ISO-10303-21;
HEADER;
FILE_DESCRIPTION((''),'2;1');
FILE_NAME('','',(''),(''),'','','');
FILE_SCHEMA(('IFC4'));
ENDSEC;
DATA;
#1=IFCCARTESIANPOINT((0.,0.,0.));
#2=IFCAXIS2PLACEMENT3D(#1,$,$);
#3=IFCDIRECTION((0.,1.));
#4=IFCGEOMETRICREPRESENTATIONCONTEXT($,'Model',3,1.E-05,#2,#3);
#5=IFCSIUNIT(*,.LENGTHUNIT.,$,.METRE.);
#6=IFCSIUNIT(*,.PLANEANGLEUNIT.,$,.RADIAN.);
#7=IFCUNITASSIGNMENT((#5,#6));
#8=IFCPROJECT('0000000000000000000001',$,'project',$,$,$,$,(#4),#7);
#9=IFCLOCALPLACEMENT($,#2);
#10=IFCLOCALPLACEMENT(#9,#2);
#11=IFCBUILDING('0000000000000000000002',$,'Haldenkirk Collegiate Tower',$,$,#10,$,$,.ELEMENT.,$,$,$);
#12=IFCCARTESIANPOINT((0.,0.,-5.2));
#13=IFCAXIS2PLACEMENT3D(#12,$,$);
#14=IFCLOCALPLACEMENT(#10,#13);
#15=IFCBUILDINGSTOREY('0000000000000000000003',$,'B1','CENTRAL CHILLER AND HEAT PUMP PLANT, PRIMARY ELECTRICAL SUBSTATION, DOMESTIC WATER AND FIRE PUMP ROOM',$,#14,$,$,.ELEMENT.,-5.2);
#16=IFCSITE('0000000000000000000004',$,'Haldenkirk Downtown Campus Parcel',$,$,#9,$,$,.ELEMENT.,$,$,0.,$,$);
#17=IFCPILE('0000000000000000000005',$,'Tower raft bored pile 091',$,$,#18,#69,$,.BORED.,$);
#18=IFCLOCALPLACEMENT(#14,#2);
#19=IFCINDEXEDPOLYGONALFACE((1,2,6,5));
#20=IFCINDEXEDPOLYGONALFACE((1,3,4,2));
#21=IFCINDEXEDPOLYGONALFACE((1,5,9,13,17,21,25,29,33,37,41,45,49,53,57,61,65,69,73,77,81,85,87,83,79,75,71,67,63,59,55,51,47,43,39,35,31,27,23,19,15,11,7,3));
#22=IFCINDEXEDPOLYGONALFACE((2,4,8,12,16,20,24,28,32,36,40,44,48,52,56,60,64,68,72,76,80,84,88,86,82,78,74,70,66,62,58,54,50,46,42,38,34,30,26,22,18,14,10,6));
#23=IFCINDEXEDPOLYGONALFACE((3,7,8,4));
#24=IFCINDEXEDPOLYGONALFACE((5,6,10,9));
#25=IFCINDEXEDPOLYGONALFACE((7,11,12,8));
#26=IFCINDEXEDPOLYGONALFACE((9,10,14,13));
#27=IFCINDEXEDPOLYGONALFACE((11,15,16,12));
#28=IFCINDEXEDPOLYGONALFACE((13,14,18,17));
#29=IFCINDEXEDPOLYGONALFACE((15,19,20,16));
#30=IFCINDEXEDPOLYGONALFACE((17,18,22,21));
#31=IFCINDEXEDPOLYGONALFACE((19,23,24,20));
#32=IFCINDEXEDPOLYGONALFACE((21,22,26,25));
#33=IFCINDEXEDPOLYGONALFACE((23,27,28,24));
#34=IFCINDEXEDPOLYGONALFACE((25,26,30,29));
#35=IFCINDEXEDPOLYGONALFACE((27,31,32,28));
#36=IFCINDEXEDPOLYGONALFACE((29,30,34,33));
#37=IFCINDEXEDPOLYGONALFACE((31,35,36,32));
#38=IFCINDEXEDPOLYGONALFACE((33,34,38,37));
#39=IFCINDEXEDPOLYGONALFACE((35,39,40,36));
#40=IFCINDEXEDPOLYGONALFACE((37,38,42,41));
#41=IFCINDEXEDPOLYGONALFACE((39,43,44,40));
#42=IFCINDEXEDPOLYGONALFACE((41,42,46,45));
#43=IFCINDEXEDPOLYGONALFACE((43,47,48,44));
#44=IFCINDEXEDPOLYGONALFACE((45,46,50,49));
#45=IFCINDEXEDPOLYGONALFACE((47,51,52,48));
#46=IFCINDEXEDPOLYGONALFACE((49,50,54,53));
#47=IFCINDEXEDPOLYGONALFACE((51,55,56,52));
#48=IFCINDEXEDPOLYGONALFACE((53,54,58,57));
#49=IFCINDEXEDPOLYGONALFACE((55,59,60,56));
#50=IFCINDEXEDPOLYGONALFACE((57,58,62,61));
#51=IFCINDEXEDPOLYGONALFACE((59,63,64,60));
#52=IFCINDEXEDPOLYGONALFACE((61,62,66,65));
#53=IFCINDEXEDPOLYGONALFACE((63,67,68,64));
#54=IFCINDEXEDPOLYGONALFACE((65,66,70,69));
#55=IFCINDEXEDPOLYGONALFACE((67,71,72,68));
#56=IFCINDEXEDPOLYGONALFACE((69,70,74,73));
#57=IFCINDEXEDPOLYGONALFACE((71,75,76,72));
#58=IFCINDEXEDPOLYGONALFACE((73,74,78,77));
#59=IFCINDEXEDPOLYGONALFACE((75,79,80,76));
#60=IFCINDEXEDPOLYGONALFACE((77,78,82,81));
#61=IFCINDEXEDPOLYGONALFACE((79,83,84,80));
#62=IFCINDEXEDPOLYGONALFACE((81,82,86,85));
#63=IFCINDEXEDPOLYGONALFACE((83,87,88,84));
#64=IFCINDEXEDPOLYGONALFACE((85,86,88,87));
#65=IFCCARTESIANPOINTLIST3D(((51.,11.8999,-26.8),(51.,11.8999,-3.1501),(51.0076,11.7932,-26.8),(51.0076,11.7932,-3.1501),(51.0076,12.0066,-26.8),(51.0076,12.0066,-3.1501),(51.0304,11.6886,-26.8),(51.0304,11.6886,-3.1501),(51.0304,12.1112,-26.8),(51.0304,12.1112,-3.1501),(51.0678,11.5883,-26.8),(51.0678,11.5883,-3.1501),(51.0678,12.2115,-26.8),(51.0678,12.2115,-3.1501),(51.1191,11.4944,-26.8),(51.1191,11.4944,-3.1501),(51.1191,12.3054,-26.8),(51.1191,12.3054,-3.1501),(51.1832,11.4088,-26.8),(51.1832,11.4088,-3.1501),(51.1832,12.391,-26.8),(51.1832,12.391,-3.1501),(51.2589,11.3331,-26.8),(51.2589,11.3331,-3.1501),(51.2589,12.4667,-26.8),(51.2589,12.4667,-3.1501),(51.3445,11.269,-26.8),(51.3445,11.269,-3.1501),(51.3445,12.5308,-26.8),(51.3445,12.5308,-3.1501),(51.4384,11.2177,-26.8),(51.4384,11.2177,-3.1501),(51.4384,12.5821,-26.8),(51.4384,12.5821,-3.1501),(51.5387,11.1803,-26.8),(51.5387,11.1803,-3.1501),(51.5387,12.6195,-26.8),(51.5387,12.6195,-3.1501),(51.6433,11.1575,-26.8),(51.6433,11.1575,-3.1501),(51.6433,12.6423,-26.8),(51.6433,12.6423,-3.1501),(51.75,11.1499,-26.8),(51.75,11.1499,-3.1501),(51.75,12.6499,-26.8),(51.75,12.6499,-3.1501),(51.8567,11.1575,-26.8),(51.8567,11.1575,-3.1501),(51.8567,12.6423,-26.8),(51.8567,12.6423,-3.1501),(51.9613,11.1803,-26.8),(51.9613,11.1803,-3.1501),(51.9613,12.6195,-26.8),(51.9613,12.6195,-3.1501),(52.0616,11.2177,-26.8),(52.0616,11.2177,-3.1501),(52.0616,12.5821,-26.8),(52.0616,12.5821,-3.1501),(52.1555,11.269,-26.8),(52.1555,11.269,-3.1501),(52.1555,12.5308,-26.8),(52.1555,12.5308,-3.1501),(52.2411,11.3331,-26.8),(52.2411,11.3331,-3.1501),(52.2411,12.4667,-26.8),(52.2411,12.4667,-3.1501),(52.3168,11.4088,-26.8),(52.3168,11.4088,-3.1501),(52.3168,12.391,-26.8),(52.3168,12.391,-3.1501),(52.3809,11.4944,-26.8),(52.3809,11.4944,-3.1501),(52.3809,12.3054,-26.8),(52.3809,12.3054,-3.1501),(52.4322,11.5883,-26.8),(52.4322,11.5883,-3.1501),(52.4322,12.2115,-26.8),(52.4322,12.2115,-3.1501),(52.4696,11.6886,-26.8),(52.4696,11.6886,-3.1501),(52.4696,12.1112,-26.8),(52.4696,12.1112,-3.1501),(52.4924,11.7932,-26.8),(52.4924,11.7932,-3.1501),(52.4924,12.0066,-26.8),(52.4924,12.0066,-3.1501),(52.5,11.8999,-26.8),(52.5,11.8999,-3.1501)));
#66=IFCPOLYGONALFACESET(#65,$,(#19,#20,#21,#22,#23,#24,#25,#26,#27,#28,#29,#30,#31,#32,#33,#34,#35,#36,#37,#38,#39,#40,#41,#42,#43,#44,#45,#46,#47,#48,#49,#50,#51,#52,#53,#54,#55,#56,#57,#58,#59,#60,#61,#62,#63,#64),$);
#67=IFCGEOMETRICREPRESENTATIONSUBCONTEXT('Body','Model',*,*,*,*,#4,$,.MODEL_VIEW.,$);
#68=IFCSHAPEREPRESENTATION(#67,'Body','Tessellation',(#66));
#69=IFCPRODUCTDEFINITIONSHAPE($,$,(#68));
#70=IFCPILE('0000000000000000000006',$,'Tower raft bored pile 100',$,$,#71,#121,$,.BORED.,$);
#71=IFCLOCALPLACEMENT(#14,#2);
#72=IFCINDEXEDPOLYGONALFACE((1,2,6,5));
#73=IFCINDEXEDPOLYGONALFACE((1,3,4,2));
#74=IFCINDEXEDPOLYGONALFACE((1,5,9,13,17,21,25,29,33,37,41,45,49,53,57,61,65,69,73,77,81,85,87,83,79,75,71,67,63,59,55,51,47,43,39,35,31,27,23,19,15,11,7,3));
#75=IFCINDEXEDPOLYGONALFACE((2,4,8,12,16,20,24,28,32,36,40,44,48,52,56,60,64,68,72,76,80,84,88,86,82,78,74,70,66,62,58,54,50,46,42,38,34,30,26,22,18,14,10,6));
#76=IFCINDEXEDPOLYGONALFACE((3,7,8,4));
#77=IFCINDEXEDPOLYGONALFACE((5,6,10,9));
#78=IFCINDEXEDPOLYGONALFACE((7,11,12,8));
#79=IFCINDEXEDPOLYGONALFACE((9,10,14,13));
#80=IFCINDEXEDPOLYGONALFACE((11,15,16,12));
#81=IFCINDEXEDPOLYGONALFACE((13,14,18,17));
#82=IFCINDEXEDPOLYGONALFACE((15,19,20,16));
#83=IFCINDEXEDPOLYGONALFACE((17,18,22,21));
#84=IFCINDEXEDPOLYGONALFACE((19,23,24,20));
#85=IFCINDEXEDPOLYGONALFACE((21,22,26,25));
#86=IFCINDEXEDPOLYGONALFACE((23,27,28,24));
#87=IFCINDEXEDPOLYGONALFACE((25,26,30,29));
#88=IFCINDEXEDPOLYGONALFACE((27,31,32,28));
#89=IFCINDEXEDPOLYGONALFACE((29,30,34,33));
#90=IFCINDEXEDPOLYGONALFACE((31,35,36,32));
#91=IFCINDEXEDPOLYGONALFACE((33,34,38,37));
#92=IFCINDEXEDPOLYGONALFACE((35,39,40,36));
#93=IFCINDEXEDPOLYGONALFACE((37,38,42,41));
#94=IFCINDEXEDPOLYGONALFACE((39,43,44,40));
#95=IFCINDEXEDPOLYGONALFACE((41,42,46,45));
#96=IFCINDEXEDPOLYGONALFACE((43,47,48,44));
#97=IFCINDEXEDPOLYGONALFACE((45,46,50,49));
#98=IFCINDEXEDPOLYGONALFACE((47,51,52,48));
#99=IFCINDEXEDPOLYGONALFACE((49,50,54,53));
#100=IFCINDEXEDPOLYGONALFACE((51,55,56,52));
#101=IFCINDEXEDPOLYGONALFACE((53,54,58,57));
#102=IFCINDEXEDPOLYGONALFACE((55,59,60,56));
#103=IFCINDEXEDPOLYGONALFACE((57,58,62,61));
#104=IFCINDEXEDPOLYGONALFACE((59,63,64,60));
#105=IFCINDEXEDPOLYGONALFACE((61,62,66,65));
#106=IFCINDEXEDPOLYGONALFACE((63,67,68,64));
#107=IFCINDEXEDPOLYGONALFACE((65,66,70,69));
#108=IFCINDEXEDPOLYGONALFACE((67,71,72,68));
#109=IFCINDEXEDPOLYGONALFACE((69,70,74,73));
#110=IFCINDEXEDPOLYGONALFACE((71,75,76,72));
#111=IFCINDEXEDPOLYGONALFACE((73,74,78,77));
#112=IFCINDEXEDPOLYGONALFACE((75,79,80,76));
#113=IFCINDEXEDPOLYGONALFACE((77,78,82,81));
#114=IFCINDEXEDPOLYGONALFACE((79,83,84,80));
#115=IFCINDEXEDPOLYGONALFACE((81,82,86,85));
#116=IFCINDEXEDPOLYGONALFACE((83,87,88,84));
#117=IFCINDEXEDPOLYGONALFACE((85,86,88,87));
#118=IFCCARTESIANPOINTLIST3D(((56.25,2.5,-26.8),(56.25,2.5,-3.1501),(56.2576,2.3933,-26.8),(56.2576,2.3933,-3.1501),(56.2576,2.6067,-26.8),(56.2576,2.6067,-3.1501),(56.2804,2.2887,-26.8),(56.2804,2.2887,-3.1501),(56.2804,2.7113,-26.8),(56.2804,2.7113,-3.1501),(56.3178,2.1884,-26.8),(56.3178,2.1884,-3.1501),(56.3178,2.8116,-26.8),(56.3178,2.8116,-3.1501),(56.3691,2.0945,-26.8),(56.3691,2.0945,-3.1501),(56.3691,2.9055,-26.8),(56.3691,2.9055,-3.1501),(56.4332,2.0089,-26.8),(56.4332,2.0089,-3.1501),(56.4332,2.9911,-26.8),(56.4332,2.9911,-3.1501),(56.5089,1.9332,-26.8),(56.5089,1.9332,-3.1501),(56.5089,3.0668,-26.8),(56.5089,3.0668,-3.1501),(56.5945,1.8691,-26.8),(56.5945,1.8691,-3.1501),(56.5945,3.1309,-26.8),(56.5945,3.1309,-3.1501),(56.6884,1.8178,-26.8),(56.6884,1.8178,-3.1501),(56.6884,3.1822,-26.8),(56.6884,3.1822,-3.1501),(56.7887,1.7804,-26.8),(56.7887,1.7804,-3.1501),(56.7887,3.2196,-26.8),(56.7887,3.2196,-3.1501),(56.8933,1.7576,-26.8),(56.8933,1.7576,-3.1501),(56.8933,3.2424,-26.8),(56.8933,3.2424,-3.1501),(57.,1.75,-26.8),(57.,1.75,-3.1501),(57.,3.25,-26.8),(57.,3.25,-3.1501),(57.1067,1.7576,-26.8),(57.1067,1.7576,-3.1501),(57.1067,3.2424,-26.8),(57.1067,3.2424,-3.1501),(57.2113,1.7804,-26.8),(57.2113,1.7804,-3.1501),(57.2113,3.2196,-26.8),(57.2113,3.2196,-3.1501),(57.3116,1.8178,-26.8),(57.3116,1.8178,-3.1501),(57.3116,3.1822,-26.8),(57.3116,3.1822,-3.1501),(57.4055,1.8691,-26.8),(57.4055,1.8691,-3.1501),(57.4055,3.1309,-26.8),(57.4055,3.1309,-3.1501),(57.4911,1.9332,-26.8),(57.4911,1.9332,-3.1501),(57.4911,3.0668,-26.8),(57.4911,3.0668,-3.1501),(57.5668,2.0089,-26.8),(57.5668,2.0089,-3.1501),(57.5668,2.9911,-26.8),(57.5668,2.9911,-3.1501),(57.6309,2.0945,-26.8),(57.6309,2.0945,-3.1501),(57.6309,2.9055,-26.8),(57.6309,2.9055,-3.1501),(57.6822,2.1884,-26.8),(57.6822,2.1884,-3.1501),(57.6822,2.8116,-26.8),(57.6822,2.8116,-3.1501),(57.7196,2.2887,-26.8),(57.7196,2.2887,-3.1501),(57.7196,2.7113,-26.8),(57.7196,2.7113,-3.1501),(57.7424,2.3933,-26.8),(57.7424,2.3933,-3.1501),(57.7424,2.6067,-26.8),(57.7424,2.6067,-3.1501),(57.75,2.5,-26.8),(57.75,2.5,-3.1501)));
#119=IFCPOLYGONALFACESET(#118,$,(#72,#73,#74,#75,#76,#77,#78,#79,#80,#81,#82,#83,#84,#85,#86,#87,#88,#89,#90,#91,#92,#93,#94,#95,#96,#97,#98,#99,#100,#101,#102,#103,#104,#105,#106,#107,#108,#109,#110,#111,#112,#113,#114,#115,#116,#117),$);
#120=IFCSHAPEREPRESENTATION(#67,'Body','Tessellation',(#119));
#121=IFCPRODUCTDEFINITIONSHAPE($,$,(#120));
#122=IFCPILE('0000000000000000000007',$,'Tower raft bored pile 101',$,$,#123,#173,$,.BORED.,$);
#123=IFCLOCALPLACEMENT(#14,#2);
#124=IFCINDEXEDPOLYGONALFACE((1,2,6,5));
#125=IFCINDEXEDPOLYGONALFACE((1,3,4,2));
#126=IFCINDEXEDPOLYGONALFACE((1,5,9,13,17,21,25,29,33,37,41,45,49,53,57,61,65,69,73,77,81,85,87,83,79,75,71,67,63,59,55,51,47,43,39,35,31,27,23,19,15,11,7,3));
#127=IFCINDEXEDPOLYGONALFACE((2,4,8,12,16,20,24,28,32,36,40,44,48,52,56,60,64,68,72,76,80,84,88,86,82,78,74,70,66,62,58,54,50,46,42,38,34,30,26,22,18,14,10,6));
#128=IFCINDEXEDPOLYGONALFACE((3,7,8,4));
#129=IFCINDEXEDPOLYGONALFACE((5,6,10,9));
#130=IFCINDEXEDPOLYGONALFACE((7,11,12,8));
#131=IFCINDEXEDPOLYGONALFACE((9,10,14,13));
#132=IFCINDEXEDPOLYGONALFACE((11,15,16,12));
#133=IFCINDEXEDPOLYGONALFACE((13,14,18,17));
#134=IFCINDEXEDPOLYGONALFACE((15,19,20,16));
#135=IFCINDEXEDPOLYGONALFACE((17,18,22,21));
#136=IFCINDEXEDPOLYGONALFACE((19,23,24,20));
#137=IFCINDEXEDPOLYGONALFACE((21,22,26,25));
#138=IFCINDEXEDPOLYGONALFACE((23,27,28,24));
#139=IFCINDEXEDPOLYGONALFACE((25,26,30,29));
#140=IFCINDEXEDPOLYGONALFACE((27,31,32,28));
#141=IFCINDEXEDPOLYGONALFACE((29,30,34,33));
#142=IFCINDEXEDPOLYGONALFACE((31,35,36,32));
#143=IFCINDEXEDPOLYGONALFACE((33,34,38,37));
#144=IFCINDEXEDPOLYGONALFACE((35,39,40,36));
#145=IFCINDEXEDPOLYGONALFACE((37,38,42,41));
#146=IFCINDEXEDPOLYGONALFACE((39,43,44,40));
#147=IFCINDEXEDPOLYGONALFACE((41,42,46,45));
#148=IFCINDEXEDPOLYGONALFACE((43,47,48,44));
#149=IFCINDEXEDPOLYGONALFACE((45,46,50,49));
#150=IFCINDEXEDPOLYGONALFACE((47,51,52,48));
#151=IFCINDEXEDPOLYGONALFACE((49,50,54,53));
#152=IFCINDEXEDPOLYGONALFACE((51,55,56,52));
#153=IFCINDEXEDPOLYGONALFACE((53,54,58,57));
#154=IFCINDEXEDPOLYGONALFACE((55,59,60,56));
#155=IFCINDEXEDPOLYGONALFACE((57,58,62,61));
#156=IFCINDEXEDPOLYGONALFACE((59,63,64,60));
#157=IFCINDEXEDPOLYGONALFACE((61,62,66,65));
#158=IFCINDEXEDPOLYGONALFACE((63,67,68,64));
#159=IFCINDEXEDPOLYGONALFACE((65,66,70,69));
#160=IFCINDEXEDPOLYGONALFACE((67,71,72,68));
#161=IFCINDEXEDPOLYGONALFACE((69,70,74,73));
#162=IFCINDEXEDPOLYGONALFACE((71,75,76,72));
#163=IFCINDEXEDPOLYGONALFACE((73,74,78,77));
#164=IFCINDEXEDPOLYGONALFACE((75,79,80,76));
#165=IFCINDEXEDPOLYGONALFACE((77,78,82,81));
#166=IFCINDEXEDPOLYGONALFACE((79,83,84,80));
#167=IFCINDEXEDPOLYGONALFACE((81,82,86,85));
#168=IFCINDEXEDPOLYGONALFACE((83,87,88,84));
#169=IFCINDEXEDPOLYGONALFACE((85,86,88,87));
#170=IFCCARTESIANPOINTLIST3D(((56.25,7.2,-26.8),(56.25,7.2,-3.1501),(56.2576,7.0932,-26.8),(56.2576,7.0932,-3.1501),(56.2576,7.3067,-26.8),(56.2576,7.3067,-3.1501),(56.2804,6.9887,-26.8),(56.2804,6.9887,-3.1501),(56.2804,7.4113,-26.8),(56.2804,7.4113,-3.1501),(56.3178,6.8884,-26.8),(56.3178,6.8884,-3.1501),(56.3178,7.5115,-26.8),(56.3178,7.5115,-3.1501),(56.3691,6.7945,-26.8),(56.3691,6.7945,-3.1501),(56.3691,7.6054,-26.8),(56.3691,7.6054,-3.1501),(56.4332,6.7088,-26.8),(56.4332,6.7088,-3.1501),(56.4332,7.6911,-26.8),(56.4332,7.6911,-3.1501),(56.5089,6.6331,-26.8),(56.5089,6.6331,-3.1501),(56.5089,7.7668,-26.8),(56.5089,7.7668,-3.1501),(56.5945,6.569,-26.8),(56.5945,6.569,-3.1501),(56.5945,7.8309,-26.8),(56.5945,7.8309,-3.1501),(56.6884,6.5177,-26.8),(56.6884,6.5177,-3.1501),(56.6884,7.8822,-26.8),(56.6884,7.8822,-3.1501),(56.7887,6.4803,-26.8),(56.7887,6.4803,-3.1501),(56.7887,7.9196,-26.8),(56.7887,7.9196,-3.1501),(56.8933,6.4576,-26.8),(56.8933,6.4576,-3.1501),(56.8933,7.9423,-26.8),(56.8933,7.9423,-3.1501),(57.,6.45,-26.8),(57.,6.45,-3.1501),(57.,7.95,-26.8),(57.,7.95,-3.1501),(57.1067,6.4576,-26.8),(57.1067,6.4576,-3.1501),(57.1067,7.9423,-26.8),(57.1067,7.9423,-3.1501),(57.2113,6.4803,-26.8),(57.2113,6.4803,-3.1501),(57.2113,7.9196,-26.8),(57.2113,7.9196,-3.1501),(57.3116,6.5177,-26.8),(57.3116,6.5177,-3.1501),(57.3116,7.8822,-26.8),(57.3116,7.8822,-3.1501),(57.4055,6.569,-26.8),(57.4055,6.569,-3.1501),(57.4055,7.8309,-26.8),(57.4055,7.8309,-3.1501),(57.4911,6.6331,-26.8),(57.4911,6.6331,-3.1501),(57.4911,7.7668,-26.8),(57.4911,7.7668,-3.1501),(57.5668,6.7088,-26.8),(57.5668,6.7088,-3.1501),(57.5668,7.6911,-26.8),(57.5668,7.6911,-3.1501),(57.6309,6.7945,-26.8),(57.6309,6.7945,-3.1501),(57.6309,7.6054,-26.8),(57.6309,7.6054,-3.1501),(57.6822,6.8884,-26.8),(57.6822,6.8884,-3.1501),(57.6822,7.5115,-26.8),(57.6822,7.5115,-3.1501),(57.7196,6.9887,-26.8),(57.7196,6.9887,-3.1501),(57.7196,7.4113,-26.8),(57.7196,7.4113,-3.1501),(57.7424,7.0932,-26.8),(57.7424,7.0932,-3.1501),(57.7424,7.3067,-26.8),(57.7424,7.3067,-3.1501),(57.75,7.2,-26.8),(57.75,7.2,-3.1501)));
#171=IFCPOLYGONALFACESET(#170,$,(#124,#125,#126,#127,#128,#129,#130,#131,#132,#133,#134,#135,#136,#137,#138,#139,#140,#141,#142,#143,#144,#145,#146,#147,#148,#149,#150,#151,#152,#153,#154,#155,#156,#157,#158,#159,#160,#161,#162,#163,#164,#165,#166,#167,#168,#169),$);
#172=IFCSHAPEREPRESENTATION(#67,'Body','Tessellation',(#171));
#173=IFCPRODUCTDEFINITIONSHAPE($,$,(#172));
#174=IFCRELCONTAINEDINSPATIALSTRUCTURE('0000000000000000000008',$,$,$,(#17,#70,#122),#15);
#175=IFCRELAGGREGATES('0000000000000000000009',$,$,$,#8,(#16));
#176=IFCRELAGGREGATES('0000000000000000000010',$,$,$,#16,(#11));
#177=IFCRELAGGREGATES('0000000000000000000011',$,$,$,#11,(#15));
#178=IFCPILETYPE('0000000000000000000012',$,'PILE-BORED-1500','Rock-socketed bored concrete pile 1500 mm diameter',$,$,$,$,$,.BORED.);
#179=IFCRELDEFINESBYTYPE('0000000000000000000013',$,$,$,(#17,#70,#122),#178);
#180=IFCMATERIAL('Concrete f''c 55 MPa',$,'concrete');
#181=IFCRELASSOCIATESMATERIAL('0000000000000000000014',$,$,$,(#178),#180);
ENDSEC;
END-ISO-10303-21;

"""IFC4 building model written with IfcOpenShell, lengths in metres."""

from ifc_helpers import new_model, si_unit, direction, frame, origin, origin_2d, place, context, subcontext, project, spatial, circle, extrude, material, material_profile, profile_set, type_object, element, save


model = new_model("IFC4")

# Units and contexts
model_context = context("Model", 3, precision=1e-05, world=origin(), true_north=direction((0.0, 1.0)))
body_context = subcontext(model_context, "Body", "Model", "MODEL_VIEW")
ifc_project = project(units=[si_unit("LENGTHUNIT", "METRE"), si_unit("PLANEANGLEUNIT", "RADIAN")], contexts=[model_context])

# Site, building, storey
site_placement = place(None, origin())
site = spatial("IfcSite", under=ifc_project, at=site_placement, Name="Haldenkirk Downtown Campus Parcel", CompositionType="ELEMENT", RefElevation=0.0)
building_placement = place(site_placement, origin())
building = spatial("IfcBuilding", under=site, at=building_placement, Name="Haldenkirk Collegiate Tower", CompositionType="ELEMENT")
storey_placement = place(building_placement, frame((0.0, 0.0, -5.2)))
storey = spatial("IfcBuildingStorey", under=building, at=storey_placement, Name="B1", Description="CENTRAL CHILLER AND HEAT PUMP PLANT, PRIMARY ELECTRICAL SUBSTATION, DOMESTIC WATER AND FIRE PUMP ROOM", CompositionType="ELEMENT", Elevation=-5.2)

# Shared definitions
ifc_material_1 = material(Name="Concrete f'c 55 MPa", Category="concrete")

# Piles
ifc_material_profile_1 = material_profile(ifc_material_1, circle(Radius=0.75, at=origin_2d()), Name="PILE1500")
ifc_profile_set_1 = profile_set([ifc_material_profile_1], Name="Concrete f'c 55 MPa")
pile_type_1 = type_object("IfcPileType", Name="PILE-BORED-1500", Description="Rock-socketed bored concrete pile 1500 mm diameter", PredefinedType="BORED", material=ifc_profile_set_1)
for number, where, z_axis, x_axis, name in (
    (1, (51.75, 11.8999, -3.1501), (0.0, 0.0, -1.0), (1.0, 0.0, 0.0), "Tower raft bored pile 091"),
    (2, (57.0, 2.5, -3.1501), (0.0, 0.0, -1.0), (1.0, 0.0, 0.0), "Tower raft bored pile 100"),
    (3, (57.0, 7.2, -3.1501), (0.0, 0.0, -1.0), (1.0, 0.0, 0.0), "Tower raft bored pile 101"),
):
    element("IfcPile", number, at=place(storey_placement, frame(where, z_axis=z_axis, x_axis=x_axis)), inside=storey, type_object=pile_type_1, Name=name, PredefinedType="BORED", context=body_context, shape_type="SweptSolid", body=[
        extrude(circle(Radius=0.75, at=origin_2d()), origin(), (0.0, 0.0, 1.0), 23.6499),
    ])

save(model, "model.ifc")
